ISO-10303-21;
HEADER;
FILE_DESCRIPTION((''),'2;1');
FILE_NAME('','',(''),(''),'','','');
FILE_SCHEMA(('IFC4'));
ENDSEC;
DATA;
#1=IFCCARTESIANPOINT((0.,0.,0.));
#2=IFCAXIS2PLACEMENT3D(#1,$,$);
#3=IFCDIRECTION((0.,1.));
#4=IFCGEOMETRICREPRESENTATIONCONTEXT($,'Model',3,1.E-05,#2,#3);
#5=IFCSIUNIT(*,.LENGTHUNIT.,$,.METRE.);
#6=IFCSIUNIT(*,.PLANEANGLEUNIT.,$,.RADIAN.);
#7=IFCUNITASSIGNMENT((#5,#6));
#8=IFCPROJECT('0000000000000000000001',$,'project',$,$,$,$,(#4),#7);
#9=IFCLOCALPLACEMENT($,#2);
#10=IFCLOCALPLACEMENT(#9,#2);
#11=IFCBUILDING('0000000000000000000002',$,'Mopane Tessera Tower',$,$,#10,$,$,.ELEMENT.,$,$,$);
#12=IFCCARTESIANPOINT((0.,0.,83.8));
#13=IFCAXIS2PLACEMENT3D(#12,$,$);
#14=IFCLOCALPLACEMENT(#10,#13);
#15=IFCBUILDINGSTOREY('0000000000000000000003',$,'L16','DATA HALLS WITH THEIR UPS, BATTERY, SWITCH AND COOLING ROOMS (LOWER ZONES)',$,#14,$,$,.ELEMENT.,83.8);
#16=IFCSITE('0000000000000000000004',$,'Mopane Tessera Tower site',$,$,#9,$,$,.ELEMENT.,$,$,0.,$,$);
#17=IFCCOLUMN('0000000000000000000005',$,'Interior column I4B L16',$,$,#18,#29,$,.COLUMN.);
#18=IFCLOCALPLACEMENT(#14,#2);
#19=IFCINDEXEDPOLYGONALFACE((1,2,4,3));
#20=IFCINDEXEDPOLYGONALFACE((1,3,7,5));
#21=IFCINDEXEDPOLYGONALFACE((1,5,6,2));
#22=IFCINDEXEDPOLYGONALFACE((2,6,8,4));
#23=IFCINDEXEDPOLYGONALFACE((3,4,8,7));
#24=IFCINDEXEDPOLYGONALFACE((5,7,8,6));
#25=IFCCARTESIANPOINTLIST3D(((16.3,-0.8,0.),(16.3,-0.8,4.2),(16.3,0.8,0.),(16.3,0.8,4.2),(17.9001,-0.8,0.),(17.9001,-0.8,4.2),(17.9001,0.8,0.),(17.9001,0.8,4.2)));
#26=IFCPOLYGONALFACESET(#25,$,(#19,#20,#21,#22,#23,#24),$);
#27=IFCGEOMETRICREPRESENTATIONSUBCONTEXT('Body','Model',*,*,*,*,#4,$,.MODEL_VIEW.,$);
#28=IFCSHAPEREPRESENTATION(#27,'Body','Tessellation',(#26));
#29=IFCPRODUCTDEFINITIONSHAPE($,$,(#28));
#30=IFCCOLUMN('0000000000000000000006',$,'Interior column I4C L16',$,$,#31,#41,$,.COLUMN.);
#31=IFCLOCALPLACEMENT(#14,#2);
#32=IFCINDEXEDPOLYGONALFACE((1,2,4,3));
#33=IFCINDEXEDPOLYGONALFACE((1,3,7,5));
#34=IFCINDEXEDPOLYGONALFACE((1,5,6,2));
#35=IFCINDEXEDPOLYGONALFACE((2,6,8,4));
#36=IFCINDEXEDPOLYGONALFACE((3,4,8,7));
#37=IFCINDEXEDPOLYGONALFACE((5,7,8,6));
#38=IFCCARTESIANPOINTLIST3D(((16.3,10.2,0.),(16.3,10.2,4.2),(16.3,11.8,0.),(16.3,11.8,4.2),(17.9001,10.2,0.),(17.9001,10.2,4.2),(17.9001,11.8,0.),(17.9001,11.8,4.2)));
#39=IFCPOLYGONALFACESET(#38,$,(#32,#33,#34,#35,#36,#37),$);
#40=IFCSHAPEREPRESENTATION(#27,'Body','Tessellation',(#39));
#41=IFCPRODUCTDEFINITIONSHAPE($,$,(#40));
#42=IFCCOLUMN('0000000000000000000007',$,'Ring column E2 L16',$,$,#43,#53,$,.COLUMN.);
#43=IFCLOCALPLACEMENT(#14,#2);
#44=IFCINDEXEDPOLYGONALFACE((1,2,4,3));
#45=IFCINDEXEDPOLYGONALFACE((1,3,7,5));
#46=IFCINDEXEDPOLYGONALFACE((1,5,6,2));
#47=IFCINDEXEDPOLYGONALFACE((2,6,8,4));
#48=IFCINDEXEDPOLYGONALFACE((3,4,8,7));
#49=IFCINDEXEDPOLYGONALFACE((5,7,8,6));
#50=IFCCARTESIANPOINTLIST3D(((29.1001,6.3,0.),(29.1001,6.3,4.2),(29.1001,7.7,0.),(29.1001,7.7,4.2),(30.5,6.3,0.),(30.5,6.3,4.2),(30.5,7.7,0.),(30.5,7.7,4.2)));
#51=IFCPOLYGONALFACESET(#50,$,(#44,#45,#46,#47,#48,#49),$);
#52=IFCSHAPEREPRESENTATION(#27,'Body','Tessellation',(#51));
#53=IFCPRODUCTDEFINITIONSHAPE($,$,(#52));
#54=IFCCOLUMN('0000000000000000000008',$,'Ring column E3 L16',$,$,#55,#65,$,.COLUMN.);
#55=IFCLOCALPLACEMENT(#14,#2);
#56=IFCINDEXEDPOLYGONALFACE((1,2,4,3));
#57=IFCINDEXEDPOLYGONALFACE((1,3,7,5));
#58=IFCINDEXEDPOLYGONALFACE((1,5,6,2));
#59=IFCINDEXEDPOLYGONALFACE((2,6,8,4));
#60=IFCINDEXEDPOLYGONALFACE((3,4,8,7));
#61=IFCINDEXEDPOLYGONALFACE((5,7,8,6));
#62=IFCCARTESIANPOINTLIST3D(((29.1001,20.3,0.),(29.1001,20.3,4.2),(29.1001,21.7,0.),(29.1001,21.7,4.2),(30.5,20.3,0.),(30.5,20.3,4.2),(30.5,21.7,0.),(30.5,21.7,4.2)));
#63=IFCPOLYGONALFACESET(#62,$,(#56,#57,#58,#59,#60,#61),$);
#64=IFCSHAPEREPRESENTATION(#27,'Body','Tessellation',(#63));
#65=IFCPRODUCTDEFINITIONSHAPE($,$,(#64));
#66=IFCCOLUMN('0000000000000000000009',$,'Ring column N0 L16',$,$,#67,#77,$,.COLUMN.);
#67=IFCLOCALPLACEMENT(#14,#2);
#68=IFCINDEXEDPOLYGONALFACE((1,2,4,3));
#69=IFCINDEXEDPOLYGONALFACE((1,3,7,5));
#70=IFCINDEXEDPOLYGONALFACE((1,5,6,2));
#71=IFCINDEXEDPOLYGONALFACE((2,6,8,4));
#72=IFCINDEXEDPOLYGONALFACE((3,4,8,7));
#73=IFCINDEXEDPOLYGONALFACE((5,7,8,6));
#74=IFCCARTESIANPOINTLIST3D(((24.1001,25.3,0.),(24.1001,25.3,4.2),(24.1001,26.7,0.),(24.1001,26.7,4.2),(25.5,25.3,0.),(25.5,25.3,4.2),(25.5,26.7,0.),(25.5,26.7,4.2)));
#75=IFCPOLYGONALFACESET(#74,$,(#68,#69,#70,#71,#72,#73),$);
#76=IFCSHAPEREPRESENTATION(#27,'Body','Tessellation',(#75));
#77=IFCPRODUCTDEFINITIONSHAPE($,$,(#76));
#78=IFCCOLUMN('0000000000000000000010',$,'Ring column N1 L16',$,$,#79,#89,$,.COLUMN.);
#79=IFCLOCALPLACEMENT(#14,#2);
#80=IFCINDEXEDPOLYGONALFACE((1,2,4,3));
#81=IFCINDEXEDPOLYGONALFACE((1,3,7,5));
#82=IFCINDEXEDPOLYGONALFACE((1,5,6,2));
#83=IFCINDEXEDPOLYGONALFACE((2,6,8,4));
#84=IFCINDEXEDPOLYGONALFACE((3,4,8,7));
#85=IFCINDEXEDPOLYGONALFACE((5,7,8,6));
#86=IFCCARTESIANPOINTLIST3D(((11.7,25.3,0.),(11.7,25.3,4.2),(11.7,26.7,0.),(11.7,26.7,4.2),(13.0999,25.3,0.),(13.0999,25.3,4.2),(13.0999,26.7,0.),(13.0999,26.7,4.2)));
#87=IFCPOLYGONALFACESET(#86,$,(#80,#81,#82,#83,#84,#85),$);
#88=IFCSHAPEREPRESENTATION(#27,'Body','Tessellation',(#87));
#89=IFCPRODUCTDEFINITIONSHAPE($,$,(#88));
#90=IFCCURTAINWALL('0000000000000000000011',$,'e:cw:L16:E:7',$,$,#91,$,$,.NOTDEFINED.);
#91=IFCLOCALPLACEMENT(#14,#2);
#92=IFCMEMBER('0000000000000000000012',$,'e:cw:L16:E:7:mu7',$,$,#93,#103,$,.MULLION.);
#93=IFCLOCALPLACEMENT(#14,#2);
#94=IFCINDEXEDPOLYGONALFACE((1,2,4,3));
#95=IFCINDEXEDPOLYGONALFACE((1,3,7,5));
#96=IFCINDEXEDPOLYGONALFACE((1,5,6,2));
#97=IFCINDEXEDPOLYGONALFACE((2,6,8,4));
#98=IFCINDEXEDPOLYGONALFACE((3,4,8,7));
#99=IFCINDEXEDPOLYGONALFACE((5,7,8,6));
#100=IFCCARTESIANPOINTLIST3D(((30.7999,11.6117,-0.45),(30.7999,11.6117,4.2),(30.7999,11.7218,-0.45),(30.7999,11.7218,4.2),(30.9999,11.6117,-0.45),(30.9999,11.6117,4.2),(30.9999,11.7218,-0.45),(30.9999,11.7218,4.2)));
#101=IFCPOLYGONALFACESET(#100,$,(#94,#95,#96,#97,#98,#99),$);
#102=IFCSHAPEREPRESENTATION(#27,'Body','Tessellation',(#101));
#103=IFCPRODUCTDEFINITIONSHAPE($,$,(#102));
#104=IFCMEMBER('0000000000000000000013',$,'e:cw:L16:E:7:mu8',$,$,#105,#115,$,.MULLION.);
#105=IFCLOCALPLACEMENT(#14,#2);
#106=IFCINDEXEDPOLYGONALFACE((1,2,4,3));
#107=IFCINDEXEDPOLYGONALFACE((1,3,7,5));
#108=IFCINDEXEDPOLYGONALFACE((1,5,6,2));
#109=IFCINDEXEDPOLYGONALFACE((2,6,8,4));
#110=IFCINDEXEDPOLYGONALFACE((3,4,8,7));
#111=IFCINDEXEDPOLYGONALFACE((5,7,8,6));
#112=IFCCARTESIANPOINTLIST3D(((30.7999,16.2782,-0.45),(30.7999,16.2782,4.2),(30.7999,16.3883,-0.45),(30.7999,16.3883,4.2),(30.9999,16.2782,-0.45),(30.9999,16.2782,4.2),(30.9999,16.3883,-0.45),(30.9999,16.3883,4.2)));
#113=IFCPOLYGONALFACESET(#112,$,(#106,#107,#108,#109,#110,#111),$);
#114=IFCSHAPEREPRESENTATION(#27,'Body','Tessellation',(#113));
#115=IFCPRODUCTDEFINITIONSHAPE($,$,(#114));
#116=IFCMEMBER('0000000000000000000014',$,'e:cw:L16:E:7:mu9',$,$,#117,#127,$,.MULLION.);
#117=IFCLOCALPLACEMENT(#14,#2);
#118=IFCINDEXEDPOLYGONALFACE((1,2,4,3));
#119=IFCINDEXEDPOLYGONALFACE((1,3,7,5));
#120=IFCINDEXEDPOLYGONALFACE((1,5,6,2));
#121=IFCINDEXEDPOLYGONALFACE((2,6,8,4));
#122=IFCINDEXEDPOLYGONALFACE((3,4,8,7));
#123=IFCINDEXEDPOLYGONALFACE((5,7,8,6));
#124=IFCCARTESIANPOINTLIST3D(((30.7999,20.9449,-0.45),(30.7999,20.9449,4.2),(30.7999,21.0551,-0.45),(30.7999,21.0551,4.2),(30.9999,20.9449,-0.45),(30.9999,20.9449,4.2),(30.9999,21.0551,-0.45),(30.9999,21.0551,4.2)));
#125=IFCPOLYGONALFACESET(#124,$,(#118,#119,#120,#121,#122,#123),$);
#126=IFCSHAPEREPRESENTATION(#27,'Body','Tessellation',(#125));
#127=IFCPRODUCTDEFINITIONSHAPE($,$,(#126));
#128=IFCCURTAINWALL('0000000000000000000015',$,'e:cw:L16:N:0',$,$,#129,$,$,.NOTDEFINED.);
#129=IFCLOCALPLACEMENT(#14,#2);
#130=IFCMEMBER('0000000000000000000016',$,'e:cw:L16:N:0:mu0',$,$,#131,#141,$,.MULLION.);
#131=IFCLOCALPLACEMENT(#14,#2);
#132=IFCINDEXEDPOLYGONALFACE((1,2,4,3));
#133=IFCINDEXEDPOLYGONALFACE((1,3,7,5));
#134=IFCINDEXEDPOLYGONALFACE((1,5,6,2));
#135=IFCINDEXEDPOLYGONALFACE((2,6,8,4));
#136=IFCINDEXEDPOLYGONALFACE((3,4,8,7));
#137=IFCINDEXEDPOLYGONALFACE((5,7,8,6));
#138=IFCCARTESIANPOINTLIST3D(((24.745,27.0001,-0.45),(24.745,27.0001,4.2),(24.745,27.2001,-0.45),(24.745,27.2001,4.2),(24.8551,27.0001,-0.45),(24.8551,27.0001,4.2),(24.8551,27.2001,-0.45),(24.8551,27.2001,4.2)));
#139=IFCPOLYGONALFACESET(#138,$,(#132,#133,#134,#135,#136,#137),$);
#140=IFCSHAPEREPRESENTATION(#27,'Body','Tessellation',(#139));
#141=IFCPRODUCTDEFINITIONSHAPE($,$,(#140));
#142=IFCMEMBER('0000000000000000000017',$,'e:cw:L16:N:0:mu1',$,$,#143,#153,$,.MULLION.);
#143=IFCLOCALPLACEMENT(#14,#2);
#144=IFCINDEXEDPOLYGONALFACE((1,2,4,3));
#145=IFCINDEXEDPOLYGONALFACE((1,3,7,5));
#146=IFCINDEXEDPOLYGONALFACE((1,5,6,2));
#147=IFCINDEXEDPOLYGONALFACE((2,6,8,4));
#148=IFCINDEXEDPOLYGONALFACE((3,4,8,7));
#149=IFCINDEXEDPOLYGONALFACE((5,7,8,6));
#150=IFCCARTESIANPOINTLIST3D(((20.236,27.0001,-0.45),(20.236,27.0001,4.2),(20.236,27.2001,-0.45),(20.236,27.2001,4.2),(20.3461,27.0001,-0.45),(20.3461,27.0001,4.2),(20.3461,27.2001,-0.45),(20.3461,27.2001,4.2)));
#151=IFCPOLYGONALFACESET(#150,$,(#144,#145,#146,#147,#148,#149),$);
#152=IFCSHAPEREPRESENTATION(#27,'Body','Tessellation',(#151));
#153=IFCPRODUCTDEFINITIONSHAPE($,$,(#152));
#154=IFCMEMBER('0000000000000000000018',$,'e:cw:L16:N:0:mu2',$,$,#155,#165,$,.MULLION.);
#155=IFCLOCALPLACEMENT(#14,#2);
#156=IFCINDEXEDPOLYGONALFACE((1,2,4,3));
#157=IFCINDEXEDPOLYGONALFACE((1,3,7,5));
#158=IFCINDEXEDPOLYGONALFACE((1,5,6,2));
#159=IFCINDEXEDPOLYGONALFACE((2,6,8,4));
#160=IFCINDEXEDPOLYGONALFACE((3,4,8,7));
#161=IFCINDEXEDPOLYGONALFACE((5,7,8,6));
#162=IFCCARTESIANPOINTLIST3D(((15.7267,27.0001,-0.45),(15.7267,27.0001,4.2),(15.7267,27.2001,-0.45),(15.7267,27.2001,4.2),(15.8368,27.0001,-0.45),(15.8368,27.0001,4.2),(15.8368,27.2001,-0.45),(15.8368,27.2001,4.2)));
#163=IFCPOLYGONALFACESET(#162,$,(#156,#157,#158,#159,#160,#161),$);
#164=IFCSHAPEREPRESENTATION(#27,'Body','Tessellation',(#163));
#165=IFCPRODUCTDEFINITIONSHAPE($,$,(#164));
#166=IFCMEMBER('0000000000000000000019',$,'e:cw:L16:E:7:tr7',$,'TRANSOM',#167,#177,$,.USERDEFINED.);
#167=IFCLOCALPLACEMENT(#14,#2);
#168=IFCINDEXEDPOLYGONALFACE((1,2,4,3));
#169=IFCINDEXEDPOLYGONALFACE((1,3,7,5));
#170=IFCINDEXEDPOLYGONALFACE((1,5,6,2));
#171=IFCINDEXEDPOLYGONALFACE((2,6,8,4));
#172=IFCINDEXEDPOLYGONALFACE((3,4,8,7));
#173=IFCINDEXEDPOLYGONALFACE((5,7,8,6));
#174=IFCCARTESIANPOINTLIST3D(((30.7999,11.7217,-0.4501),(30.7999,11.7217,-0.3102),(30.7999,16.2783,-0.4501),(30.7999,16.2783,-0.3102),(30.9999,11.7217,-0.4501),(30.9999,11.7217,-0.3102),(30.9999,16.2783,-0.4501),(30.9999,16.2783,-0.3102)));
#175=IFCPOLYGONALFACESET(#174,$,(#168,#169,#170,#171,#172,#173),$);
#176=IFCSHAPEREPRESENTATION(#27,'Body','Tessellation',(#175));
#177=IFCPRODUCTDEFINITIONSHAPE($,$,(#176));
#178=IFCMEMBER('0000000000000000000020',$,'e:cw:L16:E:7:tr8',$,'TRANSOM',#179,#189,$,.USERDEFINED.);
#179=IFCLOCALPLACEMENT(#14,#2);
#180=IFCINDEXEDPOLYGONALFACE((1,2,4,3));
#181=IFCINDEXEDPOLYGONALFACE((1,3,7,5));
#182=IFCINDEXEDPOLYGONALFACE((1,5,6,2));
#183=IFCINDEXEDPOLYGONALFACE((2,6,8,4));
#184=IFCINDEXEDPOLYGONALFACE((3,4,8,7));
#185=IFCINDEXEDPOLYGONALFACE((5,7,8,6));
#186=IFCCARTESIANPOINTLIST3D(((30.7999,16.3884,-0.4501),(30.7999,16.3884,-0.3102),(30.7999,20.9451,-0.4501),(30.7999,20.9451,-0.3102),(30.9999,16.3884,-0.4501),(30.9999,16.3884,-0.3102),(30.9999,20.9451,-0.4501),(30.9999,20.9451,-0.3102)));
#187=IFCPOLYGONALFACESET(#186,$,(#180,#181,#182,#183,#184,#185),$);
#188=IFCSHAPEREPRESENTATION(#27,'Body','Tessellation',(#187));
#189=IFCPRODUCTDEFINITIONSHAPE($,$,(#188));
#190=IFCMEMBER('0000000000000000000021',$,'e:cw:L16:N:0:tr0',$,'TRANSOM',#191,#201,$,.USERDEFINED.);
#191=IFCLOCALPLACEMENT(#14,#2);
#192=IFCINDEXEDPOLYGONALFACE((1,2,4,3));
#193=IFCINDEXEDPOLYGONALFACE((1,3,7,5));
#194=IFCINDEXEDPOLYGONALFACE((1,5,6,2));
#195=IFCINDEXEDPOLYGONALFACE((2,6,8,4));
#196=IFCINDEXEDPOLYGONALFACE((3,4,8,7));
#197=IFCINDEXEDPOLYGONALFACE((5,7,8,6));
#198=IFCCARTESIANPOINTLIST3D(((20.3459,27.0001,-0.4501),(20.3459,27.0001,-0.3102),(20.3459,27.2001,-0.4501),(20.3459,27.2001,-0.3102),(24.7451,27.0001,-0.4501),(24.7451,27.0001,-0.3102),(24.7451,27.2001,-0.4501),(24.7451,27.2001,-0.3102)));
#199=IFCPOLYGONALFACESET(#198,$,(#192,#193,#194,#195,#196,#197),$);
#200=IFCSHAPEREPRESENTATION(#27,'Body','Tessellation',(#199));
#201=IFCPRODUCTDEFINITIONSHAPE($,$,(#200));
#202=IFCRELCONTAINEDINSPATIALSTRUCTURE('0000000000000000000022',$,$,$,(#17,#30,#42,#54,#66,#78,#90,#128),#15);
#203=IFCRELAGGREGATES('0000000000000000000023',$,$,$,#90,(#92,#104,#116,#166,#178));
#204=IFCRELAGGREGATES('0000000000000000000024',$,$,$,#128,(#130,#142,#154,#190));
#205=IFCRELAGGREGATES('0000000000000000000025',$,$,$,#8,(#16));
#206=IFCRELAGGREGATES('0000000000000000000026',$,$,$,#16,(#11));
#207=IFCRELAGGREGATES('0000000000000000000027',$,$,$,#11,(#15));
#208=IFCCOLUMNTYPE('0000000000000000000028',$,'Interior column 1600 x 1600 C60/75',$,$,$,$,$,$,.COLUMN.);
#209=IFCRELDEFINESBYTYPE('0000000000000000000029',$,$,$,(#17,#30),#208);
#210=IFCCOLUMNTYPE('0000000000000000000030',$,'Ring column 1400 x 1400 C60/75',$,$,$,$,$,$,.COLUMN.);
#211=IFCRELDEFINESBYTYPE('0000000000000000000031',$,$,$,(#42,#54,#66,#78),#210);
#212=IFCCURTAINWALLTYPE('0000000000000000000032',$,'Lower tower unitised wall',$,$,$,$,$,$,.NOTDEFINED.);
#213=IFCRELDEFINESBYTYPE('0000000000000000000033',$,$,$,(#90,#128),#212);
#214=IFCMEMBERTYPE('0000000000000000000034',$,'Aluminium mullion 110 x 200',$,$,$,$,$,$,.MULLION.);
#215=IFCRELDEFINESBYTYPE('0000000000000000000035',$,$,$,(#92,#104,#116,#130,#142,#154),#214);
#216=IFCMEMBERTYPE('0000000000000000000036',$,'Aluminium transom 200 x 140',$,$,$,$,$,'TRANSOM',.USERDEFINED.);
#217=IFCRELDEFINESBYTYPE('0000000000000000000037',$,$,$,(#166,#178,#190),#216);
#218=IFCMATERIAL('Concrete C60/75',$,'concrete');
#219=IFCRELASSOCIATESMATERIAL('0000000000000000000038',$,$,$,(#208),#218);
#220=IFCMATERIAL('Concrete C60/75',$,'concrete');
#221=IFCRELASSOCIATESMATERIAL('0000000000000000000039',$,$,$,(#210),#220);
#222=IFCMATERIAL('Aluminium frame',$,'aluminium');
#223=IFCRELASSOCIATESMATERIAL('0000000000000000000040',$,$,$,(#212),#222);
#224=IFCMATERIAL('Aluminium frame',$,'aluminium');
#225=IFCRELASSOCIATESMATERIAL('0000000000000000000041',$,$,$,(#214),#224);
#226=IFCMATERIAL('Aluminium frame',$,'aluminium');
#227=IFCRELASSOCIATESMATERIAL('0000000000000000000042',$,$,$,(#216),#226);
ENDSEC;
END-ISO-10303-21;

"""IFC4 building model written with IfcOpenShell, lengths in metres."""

from ifc_helpers import new_model, si_unit, direction, frame, origin, origin_2d, place, context, subcontext, project, spatial, rectangle, extrude, material, material_profile, profile_set, type_object, element, aggregate, save


model = new_model("IFC4")

# Units and contexts
model_context = context("Model", 3, precision=1e-05, world=origin(), true_north=direction((0.0, 1.0)))
body_context = subcontext(model_context, "Body", "Model", "MODEL_VIEW")
ifc_project = project(units=[si_unit("LENGTHUNIT", "METRE"), si_unit("PLANEANGLEUNIT", "RADIAN")], contexts=[model_context])

# Site, building, storey
site_placement = place(None, origin())
site = spatial("IfcSite", under=ifc_project, at=site_placement, Name="Mopane Tessera Tower site", CompositionType="ELEMENT", RefElevation=0.0)
building_placement = place(site_placement, origin())
building = spatial("IfcBuilding", under=site, at=building_placement, Name="Mopane Tessera Tower", CompositionType="ELEMENT")
storey_placement = place(building_placement, frame((0.0, 0.0, 83.8)))
storey = spatial("IfcBuildingStorey", under=building, at=storey_placement, Name="L16", Description="DATA HALLS WITH THEIR UPS, BATTERY, SWITCH AND COOLING ROOMS (LOWER ZONES)", CompositionType="ELEMENT", Elevation=83.8)

# Columns
ifc_material_1 = material(Name="Concrete C60/75", Category="concrete")
ifc_material_profile_1 = material_profile(ifc_material_1, rectangle(XDim=1.6001, YDim=1.6001, at=origin_2d()))
ifc_profile_set_1 = profile_set([ifc_material_profile_1], Name="Concrete C60/75")
column_type_1 = type_object("IfcColumnType", Name="Interior column 1600 x 1600 C60/75", PredefinedType="COLUMN", material=ifc_profile_set_1)
for number, where, z_axis, x_axis, name in (
    (1, (17.1001, 0.0, 0.0), (0.0, 0.0, 1.0), (1.0, 0.0, 0.0), "Interior column I4B L16"),
    (2, (17.1001, 11.0, 0.0), (0.0, 0.0, 1.0), (1.0, 0.0, 0.0), "Interior column I4C L16"),
):
    element("IfcColumn", number, at=place(storey_placement, frame(where, z_axis=z_axis, x_axis=x_axis)), inside=storey, type_object=column_type_1, Name=name, PredefinedType="COLUMN", context=body_context, shape_type="SweptSolid", body=[
        extrude(rectangle(XDim=1.6001, YDim=1.6001, at=origin_2d()), origin(), (0.0, 0.0, 1.0), 4.2),
    ])
ifc_material_2 = material(Name="Concrete C60/75", Category="concrete")
ifc_material_profile_2 = material_profile(ifc_material_2, rectangle(XDim=1.3999, YDim=1.3999, at=origin_2d()))
ifc_profile_set_2 = profile_set([ifc_material_profile_2], Name="Concrete C60/75")
column_type_2 = type_object("IfcColumnType", Name="Ring column 1400 x 1400 C60/75", PredefinedType="COLUMN", material=ifc_profile_set_2)
for number, where, z_axis, x_axis, name in (
    (3, (29.8, 7.0, 0.0), (0.0, 0.0, 1.0), (1.0, 0.0, 0.0), "Ring column E2 L16"),
    (4, (29.8, 21.0, 0.0), (0.0, 0.0, 1.0), (1.0, 0.0, 0.0), "Ring column E3 L16"),
    (5, (24.8, 26.0, 0.0), (0.0, 0.0, 1.0), (1.0, 0.0, 0.0), "Ring column N0 L16"),
    (6, (12.3999, 26.0, 0.0), (0.0, 0.0, 1.0), (1.0, 0.0, 0.0), "Ring column N1 L16"),
):
    element("IfcColumn", number, at=place(storey_placement, frame(where, z_axis=z_axis, x_axis=x_axis)), inside=storey, type_object=column_type_2, Name=name, PredefinedType="COLUMN", context=body_context, shape_type="SweptSolid", body=[
        extrude(rectangle(XDim=1.3999, YDim=1.3999, at=origin_2d()), origin(), (0.0, 0.0, 1.0), 4.2),
    ])

# Curtain walls, members
ifc_material_3 = material(Name="Aluminium frame", Category="aluminium")
curtain_wall_type = type_object("IfcCurtainWallType", Name="Lower tower unitised wall", PredefinedType="NOTDEFINED", material=ifc_material_3)
curtain_wall_1_placement = place(storey_placement, origin())
curtain_wall_1 = element("IfcCurtainWall", 7, at=curtain_wall_1_placement, inside=storey, type_object=curtain_wall_type, Name="e:cw:L16:E:7", PredefinedType="NOTDEFINED")
ifc_material_4 = material(Name="Aluminium frame", Category="aluminium")
ifc_material_profile_3 = material_profile(ifc_material_4, rectangle(XDim=0.1101, YDim=0.2, at=origin_2d()))
ifc_profile_set_3 = profile_set([ifc_material_profile_3], Name="Aluminium frame")
member_type_1 = type_object("IfcMemberType", Name="Aluminium mullion 110 x 200", PredefinedType="MULLION", material=ifc_profile_set_3)
member_1_placement = place(storey_placement, frame((30.8999, 11.6667, -0.45), z_axis=(0.0, 0.0, 1.0), x_axis=(0.0, 1.0, 0.0)))
member_1 = element("IfcMember", 8, at=member_1_placement, type_object=member_type_1, Name="e:cw:L16:E:7:mu7", PredefinedType="MULLION", context=body_context, shape_type="SweptSolid", body=[
    extrude(rectangle(XDim=0.1101, YDim=0.2, at=origin_2d()), origin(), (0.0, 0.0, 1.0), 4.6499),
])
member_2_placement = place(storey_placement, frame((30.8999, 16.3333, -0.45), z_axis=(0.0, 0.0, 1.0), x_axis=(0.0, 1.0, 0.0)))
member_2 = element("IfcMember", 9, at=member_2_placement, type_object=member_type_1, Name="e:cw:L16:E:7:mu8", PredefinedType="MULLION", context=body_context, shape_type="SweptSolid", body=[
    extrude(rectangle(XDim=0.1101, YDim=0.2, at=origin_2d()), origin(), (0.0, 0.0, 1.0), 4.6499),
])
member_3_placement = place(storey_placement, frame((30.8999, 21.0, -0.45), z_axis=(0.0, 0.0, 1.0), x_axis=(0.0, 1.0, 0.0)))
member_3 = element("IfcMember", 10, at=member_3_placement, type_object=member_type_1, Name="e:cw:L16:E:7:mu9", PredefinedType="MULLION", context=body_context, shape_type="SweptSolid", body=[
    extrude(rectangle(XDim=0.1101, YDim=0.2, at=origin_2d()), origin(), (0.0, 0.0, 1.0), 4.6499),
])
curtain_wall_2_placement = place(storey_placement, origin())
curtain_wall_2 = element("IfcCurtainWall", 11, at=curtain_wall_2_placement, inside=storey, type_object=curtain_wall_type, Name="e:cw:L16:N:0", PredefinedType="NOTDEFINED")
member_4_placement = place(storey_placement, frame((24.8, 27.1001, -0.45), z_axis=(0.0, 0.0, 1.0), x_axis=(-1.0, 0.0, 0.0)))
member_4 = element("IfcMember", 12, at=member_4_placement, type_object=member_type_1, Name="e:cw:L16:N:0:mu0", PredefinedType="MULLION", context=body_context, shape_type="SweptSolid", body=[
    extrude(rectangle(XDim=0.1101, YDim=0.2, at=origin_2d()), origin(), (0.0, 0.0, 1.0), 4.6499),
])
member_5_placement = place(storey_placement, frame((20.291, 27.1001, -0.45), z_axis=(0.0, 0.0, 1.0), x_axis=(-1.0, 0.0, 0.0)))
member_5 = element("IfcMember", 13, at=member_5_placement, type_object=member_type_1, Name="e:cw:L16:N:0:mu1", PredefinedType="MULLION", context=body_context, shape_type="SweptSolid", body=[
    extrude(rectangle(XDim=0.1101, YDim=0.2, at=origin_2d()), origin(), (0.0, 0.0, 1.0), 4.6499),
])
member_6_placement = place(storey_placement, frame((15.7817, 27.1001, -0.45), z_axis=(0.0, 0.0, 1.0), x_axis=(-1.0, 0.0, 0.0)))
member_6 = element("IfcMember", 14, at=member_6_placement, type_object=member_type_1, Name="e:cw:L16:N:0:mu2", PredefinedType="MULLION", context=body_context, shape_type="SweptSolid", body=[
    extrude(rectangle(XDim=0.1101, YDim=0.2, at=origin_2d()), origin(), (0.0, 0.0, 1.0), 4.6499),
])

# Members
ifc_material_5 = material(Name="Aluminium frame", Category="aluminium")
ifc_material_profile_4 = material_profile(ifc_material_5, rectangle(XDim=0.2, YDim=0.1399, at=origin_2d()))
ifc_profile_set_4 = profile_set([ifc_material_profile_4], Name="Aluminium frame")
member_type_2 = type_object("IfcMemberType", Name="Aluminium transom 200 x 140", ElementType="TRANSOM", PredefinedType="USERDEFINED", material=ifc_profile_set_4)
member_7_placement = place(storey_placement, frame((30.8999, 11.7217, -0.3801), z_axis=(0.0, 1.0, 0.0), x_axis=(-1.0, 0.0, 0.0)))
member_7 = element("IfcMember", 15, at=member_7_placement, type_object=member_type_2, Name="e:cw:L16:E:7:tr7", ObjectType="TRANSOM", PredefinedType="USERDEFINED", context=body_context, shape_type="SweptSolid", body=[
    extrude(rectangle(XDim=0.2, YDim=0.1399, at=origin_2d()), origin(), (0.0, 0.0, 1.0), 4.5566),
])
member_8_placement = place(storey_placement, frame((30.8999, 16.3884, -0.3801), z_axis=(0.0, 1.0, 0.0), x_axis=(-1.0, 0.0, 0.0)))
member_8 = element("IfcMember", 16, at=member_8_placement, type_object=member_type_2, Name="e:cw:L16:E:7:tr8", ObjectType="TRANSOM", PredefinedType="USERDEFINED", context=body_context, shape_type="SweptSolid", body=[
    extrude(rectangle(XDim=0.2, YDim=0.1399, at=origin_2d()), origin(), (0.0, 0.0, 1.0), 4.5566),
])
member_9_placement = place(storey_placement, frame((24.7451, 27.1001, -0.3801), z_axis=(-1.0, 0.0, 0.0), x_axis=(0.0, -1.0, 0.0)))
member_9 = element("IfcMember", 17, at=member_9_placement, type_object=member_type_2, Name="e:cw:L16:N:0:tr0", ObjectType="TRANSOM", PredefinedType="USERDEFINED", context=body_context, shape_type="SweptSolid", body=[
    extrude(rectangle(XDim=0.2, YDim=0.1399, at=origin_2d()), origin(), (0.0, 0.0, 1.0), 4.3992),
])

aggregate(curtain_wall_1, [member_1, member_2, member_3, member_7, member_8])
aggregate(curtain_wall_2, [member_4, member_5, member_6, member_9])

save(model, "model.ifc")
